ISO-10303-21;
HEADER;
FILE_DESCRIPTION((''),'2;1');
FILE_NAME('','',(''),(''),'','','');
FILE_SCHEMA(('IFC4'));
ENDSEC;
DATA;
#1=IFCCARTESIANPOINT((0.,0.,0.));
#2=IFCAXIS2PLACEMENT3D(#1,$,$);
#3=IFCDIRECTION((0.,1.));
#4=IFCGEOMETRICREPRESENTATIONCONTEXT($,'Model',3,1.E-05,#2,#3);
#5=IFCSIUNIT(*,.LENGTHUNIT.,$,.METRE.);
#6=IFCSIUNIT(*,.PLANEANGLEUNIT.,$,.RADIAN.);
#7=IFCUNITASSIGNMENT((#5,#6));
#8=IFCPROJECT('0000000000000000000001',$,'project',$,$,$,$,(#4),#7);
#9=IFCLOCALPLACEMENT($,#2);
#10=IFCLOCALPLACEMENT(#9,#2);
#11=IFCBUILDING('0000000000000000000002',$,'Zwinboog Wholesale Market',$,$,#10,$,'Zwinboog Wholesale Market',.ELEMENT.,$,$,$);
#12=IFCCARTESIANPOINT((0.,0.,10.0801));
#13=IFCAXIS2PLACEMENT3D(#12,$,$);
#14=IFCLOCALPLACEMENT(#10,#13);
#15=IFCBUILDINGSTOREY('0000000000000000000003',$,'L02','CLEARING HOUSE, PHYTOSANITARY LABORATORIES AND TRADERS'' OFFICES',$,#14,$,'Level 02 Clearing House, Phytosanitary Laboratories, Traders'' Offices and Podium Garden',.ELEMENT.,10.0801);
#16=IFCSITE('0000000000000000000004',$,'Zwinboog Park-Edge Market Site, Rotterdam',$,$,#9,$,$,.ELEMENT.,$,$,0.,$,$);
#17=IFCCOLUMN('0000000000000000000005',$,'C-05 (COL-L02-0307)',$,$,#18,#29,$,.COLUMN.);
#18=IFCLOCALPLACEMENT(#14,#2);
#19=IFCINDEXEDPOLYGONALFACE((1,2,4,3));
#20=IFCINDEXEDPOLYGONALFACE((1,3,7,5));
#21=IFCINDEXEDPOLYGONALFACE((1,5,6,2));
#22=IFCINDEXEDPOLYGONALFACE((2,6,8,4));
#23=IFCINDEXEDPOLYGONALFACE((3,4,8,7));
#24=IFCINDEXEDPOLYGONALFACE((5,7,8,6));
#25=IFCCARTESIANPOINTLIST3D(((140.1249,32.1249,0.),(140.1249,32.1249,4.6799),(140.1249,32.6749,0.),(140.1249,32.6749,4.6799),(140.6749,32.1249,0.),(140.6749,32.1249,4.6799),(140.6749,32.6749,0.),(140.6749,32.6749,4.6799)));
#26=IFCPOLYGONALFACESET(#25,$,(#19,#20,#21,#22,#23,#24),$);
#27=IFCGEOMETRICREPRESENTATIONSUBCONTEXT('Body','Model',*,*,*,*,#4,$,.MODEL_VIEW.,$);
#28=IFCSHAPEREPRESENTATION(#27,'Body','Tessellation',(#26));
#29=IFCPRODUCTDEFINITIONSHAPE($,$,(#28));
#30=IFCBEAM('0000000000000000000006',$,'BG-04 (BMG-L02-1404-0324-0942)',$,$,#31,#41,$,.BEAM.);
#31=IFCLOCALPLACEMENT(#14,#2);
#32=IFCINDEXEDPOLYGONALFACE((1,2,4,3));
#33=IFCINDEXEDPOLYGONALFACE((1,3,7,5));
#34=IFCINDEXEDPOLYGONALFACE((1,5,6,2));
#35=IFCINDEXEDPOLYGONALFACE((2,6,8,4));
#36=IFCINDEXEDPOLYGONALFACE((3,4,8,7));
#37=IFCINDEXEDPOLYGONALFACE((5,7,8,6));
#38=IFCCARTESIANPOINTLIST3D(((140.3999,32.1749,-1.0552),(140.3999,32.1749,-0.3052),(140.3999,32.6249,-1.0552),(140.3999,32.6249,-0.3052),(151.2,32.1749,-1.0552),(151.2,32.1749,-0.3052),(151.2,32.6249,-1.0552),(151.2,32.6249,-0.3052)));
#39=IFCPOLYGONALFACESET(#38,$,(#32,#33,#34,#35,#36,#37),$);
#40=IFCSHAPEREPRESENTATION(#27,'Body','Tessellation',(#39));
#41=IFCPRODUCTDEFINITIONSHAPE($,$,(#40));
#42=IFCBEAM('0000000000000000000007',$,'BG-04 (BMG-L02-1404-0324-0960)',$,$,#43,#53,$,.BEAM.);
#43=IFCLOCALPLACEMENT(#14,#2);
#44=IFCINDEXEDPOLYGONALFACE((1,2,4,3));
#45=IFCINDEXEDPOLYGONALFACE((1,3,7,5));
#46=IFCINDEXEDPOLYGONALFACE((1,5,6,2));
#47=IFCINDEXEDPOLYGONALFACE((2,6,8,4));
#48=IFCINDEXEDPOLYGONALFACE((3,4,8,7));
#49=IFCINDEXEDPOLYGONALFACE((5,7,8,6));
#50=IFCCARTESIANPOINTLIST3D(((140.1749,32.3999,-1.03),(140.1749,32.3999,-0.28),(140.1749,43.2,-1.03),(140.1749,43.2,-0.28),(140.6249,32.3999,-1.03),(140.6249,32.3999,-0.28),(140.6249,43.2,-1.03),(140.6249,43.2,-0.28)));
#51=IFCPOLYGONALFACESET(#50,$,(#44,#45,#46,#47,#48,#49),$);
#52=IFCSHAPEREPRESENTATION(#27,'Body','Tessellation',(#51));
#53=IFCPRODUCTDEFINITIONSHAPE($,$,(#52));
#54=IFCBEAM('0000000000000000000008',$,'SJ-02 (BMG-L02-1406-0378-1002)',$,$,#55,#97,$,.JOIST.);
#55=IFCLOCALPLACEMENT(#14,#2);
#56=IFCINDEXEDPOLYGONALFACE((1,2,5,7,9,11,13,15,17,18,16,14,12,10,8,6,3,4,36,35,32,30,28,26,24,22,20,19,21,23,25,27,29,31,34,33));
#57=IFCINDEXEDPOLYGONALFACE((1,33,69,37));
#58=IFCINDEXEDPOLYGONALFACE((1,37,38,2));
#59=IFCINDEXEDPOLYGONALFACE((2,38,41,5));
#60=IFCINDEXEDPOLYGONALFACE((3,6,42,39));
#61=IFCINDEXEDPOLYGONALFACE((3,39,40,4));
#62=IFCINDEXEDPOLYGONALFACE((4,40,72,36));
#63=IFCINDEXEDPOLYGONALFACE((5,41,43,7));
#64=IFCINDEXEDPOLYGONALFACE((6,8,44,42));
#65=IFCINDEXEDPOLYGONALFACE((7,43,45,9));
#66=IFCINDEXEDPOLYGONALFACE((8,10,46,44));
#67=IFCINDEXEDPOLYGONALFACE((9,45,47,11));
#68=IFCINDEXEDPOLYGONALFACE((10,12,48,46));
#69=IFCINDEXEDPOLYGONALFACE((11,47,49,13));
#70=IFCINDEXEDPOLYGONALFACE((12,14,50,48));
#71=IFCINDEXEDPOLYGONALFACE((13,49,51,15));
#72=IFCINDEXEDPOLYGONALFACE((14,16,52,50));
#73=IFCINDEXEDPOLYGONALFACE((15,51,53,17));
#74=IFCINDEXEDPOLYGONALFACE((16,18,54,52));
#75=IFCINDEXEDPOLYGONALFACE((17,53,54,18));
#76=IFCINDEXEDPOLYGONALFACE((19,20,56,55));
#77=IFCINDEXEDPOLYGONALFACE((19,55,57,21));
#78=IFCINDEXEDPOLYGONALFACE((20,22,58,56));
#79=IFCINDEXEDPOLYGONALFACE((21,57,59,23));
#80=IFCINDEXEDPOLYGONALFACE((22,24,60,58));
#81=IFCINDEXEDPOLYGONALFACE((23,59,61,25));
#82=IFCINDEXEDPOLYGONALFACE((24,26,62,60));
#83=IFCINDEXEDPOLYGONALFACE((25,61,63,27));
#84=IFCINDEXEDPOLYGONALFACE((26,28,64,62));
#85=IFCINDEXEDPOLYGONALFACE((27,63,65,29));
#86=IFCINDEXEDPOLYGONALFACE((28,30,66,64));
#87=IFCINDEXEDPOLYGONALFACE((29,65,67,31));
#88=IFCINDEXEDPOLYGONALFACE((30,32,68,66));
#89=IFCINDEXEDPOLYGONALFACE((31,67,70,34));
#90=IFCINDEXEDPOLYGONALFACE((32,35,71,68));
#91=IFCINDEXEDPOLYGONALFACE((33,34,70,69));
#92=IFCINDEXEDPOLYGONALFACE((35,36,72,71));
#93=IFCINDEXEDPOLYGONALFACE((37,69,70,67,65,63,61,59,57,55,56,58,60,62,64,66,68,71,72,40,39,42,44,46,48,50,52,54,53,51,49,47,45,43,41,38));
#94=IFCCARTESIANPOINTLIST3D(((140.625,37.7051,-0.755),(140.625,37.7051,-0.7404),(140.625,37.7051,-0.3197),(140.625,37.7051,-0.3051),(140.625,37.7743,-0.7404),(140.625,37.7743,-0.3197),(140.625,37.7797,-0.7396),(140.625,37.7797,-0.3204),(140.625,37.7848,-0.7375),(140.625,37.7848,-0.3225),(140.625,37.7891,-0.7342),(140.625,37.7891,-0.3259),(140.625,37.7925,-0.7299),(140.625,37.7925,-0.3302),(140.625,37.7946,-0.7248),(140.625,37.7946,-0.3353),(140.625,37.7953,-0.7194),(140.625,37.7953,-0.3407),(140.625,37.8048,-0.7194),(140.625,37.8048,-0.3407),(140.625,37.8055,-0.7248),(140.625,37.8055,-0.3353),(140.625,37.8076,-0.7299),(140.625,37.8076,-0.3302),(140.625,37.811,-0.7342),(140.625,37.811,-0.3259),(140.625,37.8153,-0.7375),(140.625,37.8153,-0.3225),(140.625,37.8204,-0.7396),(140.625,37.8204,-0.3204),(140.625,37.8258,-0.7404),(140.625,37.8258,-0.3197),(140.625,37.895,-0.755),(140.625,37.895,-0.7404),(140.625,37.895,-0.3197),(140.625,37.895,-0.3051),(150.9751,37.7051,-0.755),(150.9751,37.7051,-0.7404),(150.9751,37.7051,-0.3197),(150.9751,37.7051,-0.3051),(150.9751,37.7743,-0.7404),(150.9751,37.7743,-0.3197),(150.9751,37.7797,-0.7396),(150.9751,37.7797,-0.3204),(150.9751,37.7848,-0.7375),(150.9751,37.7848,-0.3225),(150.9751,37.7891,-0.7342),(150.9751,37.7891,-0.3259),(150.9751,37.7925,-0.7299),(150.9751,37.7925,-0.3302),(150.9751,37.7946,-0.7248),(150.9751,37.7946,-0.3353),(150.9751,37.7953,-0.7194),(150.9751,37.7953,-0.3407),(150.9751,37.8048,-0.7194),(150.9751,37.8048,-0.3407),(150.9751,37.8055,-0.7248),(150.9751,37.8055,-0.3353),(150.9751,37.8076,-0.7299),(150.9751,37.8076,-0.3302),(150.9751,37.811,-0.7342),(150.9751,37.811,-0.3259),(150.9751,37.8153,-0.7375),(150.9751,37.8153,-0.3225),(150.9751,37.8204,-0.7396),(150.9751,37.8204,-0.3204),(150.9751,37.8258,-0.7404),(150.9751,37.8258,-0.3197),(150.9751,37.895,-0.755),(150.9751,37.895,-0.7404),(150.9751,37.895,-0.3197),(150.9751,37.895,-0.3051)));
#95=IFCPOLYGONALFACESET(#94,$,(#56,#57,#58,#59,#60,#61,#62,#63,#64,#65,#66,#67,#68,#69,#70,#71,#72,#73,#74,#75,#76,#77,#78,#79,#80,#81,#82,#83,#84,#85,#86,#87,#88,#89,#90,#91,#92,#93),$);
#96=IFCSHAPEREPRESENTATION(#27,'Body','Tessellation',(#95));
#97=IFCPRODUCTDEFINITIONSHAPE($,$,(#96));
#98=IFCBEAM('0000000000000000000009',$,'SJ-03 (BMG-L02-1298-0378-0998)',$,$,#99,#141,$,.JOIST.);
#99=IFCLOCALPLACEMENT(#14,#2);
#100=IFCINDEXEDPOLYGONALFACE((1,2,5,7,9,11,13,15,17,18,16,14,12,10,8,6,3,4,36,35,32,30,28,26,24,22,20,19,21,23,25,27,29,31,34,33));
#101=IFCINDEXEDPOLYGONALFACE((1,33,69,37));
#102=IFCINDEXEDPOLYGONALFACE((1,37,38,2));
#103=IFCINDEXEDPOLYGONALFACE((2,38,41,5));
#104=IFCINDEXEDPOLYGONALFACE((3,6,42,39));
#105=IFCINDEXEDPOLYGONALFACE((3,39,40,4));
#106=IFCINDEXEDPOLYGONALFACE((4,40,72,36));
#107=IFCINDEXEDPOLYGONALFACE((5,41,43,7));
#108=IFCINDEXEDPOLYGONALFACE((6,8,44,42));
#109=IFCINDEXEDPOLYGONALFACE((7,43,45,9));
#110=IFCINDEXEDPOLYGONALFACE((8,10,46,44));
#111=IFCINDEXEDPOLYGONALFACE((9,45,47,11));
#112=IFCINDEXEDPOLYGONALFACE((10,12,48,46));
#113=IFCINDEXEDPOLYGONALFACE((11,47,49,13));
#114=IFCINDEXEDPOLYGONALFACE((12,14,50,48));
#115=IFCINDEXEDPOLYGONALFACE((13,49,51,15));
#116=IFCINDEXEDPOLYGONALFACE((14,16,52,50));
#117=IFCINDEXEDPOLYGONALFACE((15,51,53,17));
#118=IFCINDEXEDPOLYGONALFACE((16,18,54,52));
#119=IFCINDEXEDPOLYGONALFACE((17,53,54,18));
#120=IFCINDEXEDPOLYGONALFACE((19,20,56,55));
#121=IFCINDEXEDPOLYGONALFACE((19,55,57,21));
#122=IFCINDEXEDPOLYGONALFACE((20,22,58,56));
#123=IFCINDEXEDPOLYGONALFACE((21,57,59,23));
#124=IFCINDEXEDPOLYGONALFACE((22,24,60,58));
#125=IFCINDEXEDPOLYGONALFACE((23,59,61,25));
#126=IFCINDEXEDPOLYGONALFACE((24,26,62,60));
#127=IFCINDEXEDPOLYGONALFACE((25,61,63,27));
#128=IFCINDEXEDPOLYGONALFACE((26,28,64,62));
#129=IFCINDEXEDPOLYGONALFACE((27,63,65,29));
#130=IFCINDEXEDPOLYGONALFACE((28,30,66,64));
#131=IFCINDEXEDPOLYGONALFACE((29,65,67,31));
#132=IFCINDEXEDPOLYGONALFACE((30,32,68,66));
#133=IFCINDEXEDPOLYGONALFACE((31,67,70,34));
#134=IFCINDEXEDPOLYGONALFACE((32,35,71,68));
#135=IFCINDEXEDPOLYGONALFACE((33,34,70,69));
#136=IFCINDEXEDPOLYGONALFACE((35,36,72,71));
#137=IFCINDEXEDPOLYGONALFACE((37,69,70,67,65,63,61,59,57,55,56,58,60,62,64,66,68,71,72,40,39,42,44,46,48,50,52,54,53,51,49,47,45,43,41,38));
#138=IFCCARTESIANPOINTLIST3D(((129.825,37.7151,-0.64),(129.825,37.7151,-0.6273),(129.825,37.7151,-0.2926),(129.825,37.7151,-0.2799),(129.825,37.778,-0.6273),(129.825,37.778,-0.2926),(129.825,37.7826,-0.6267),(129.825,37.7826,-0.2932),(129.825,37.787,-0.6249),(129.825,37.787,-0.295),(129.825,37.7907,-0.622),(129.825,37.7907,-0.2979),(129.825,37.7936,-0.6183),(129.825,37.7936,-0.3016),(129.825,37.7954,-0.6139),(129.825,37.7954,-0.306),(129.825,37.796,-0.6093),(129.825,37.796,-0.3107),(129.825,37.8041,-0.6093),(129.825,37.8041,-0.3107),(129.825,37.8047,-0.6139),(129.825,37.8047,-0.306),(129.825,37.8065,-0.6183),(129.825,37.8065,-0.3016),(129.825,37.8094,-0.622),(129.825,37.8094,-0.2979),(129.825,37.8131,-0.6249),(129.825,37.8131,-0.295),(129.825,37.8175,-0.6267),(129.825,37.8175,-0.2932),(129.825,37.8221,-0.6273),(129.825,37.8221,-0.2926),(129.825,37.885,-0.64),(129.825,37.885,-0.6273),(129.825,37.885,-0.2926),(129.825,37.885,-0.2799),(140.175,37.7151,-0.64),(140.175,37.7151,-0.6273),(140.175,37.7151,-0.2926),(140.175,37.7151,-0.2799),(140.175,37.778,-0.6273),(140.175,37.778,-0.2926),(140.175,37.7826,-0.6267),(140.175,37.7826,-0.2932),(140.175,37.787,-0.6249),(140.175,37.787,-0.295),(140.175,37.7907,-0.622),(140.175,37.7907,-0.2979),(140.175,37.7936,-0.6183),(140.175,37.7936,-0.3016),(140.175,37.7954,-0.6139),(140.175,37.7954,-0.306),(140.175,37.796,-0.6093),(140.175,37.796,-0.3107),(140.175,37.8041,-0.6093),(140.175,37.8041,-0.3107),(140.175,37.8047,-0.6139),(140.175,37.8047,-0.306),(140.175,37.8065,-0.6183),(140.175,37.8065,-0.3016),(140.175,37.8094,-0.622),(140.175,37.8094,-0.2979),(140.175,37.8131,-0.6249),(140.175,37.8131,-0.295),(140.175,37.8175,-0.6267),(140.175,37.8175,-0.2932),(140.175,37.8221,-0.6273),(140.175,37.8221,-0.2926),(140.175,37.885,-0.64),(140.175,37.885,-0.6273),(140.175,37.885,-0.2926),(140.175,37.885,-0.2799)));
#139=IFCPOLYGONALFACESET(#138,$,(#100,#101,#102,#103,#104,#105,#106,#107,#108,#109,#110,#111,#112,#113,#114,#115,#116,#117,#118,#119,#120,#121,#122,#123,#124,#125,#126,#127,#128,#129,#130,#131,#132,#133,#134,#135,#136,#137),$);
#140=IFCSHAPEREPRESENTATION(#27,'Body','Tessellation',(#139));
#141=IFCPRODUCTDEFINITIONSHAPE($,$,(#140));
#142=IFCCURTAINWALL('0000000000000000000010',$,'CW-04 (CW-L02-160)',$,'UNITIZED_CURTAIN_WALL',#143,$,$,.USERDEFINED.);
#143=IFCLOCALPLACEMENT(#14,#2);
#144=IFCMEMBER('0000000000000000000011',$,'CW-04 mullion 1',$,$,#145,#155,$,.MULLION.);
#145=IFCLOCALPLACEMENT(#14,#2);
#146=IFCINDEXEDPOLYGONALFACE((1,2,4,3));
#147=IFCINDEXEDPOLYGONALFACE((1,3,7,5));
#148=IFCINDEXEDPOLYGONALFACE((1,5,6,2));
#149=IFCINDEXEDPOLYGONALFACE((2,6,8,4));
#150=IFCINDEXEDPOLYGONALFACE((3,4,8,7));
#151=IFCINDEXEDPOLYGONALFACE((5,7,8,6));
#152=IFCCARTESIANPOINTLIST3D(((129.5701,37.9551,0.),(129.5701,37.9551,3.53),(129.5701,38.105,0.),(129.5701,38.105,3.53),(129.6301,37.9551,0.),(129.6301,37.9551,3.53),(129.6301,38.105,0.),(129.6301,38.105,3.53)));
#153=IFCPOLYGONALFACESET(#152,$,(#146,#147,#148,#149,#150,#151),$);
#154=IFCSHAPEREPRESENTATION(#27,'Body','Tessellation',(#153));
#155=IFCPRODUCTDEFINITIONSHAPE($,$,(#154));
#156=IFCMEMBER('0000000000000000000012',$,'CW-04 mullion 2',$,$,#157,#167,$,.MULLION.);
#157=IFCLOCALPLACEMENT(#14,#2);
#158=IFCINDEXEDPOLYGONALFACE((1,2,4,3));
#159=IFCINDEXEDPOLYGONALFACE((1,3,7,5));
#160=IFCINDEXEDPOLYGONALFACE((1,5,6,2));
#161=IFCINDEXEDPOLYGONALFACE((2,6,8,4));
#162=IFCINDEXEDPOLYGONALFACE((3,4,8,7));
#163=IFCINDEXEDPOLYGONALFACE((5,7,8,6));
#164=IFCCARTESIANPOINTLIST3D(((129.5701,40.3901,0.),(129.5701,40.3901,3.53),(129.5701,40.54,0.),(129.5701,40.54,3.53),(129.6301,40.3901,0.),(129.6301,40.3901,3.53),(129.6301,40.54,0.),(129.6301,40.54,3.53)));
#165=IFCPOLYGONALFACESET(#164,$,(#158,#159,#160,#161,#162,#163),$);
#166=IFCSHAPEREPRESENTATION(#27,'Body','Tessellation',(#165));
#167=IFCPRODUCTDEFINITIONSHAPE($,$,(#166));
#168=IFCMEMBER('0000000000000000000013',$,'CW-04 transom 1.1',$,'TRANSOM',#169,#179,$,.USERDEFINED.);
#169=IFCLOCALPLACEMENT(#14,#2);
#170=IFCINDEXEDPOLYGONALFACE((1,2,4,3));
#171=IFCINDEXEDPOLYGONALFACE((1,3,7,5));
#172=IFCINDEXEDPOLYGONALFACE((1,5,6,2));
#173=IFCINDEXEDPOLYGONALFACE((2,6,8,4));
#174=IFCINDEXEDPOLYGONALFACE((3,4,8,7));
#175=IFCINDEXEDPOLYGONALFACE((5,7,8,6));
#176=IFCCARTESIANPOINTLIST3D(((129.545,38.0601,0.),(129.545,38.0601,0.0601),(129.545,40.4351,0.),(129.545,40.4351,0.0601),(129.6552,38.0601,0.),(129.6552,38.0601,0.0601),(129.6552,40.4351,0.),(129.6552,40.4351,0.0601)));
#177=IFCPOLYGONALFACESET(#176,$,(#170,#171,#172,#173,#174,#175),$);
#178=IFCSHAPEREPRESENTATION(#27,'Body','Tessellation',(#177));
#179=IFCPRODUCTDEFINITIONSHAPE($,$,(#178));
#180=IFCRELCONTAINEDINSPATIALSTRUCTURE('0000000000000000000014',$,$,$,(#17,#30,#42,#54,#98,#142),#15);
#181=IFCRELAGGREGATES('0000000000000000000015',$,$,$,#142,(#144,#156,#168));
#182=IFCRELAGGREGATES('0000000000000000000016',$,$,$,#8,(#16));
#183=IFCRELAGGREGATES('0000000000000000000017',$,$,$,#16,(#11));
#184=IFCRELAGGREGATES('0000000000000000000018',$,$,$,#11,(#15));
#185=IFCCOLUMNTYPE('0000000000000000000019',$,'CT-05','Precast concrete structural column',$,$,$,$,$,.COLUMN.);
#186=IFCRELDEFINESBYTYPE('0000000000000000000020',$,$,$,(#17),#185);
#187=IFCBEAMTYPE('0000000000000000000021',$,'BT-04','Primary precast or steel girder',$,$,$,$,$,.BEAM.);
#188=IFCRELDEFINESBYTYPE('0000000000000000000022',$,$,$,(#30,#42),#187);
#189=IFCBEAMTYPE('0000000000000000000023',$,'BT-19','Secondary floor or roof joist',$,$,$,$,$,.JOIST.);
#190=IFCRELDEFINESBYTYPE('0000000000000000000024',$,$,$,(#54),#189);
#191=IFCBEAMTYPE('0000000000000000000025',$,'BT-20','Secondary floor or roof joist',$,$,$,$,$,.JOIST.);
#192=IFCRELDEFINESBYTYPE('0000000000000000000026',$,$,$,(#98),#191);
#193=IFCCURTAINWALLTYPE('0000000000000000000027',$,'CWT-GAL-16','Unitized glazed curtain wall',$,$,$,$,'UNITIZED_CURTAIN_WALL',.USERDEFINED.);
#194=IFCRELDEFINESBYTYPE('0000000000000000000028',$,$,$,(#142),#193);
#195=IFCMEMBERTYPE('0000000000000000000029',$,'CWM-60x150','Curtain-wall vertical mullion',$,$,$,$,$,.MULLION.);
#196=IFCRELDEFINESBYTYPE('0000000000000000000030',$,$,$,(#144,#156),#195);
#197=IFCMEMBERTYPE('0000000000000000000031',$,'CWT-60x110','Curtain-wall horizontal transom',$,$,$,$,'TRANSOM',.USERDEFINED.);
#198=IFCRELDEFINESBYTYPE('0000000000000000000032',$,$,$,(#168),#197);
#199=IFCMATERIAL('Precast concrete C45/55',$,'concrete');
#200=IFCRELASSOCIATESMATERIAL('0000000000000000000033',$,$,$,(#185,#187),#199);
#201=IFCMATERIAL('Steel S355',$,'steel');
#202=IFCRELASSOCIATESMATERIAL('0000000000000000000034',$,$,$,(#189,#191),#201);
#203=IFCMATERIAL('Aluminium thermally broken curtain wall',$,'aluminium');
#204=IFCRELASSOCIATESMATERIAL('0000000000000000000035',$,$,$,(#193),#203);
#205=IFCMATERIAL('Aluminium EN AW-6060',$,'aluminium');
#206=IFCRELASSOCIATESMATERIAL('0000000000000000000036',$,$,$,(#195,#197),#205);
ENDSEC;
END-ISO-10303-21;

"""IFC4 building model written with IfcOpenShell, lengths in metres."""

from ifc_helpers import new_model, si_unit, direction, frame, origin, origin_2d, place, context, subcontext, project, spatial, rectangle, i_section, extrude, material, material_profile, profile_set, type_object, element, aggregate, save


model = new_model("IFC4")

# Units and contexts
model_context = context("Model", 3, precision=1e-05, world=origin(), true_north=direction((0.0, 1.0)))
body_context = subcontext(model_context, "Body", "Model", "MODEL_VIEW")
ifc_project = project(units=[si_unit("LENGTHUNIT", "METRE"), si_unit("PLANEANGLEUNIT", "RADIAN")], contexts=[model_context])

# Site, building, storey
site_placement = place(None, origin())
site = spatial("IfcSite", under=ifc_project, at=site_placement, Name="Zwinboog Park-Edge Market Site, Rotterdam", CompositionType="ELEMENT", RefElevation=0.0)
building_placement = place(site_placement, origin())
building = spatial("IfcBuilding", under=site, at=building_placement, Name="Zwinboog Wholesale Market", LongName="Zwinboog Wholesale Market", CompositionType="ELEMENT")
storey_placement = place(building_placement, frame((0.0, 0.0, 10.0801)))
storey = spatial("IfcBuildingStorey", under=building, at=storey_placement, Name="L02", Description="CLEARING HOUSE, PHYTOSANITARY LABORATORIES AND TRADERS' OFFICES", LongName="Level 02 Clearing House, Phytosanitary Laboratories, Traders' Offices and Podium Garden", CompositionType="ELEMENT", Elevation=10.0801)

# Column
ifc_material_1 = material(Name="Precast concrete C45/55", Category="concrete")
ifc_material_profile_1 = material_profile(ifc_material_1, rectangle(XDim=0.55, YDim=0.55, at=origin_2d()), Name="PC 550x550")
ifc_profile_set_1 = profile_set([ifc_material_profile_1], Name="Precast concrete C45/55")
column_type = type_object("IfcColumnType", Name="CT-05", Description="Precast concrete structural column", PredefinedType="COLUMN", material=ifc_profile_set_1)
column_placement = place(storey_placement, frame((140.3999, 32.3999, 0.0), z_axis=(0.0, 0.0, 1.0), x_axis=(1.0, 0.0, 0.0)))
element("IfcColumn", 1, at=column_placement, inside=storey, type_object=column_type, Name="C-05 (COL-L02-0307)", PredefinedType="COLUMN", context=body_context, shape_type="SweptSolid", body=[
    extrude(rectangle(XDim=0.55, YDim=0.55, at=origin_2d()), origin(), (0.0, 0.0, 1.0), 4.6799),
])

# Beams
ifc_material_profile_2 = material_profile(ifc_material_1, rectangle(XDim=0.45, YDim=0.75, at=origin_2d()), Name="PC 450x750")
ifc_profile_set_2 = profile_set([ifc_material_profile_2], Name="Precast concrete C45/55")
beam_type_1 = type_object("IfcBeamType", Name="BT-04", Description="Primary precast or steel girder", PredefinedType="BEAM", material=ifc_profile_set_2)
for number, where, z_axis, x_axis, name in (
    (2, (140.3999, 32.3999, -0.6802), (1.0, 0.0, 0.0), (0.0, 1.0, 0.0), "BG-04 (BMG-L02-1404-0324-0942)"),
    (3, (140.3999, 32.3999, -0.655), (0.0, 1.0, 0.0), (-1.0, 0.0, 0.0), "BG-04 (BMG-L02-1404-0324-0960)"),
):
    element("IfcBeam", number, at=place(storey_placement, frame(where, z_axis=z_axis, x_axis=x_axis)), inside=storey, type_object=beam_type_1, Name=name, PredefinedType="BEAM", context=body_context, shape_type="SweptSolid", body=[
        extrude(rectangle(XDim=0.45, YDim=0.75, at=origin_2d()), origin(), (0.0, 0.0, 1.0), 10.8),
    ])
ifc_material_2 = material(Name="Steel S355", Category="steel")
ifc_material_profile_3 = material_profile(ifc_material_2, i_section(OverallWidth=0.1899, OverallDepth=0.45, WebThickness=0.0095, FlangeThickness=0.0146, FilletRadius=0.021, at=origin_2d()), Name="IPE 450")
ifc_profile_set_3 = profile_set([ifc_material_profile_3], Name="Steel S355")
beam_type_2 = type_object("IfcBeamType", Name="BT-19", Description="Secondary floor or roof joist", PredefinedType="JOIST", material=ifc_profile_set_3)
beam_1_placement = place(storey_placement, frame((140.625, 37.8, -0.53), z_axis=(1.0, 0.0, 0.0), x_axis=(0.0, 1.0, 0.0)))
element("IfcBeam", 4, at=beam_1_placement, inside=storey, type_object=beam_type_2, Name="SJ-02 (BMG-L02-1406-0378-1002)", PredefinedType="JOIST", context=body_context, shape_type="SweptSolid", body=[
    extrude(i_section(OverallWidth=0.1899, OverallDepth=0.45, WebThickness=0.0095, FlangeThickness=0.0146, FilletRadius=0.021, at=origin_2d()), origin(), (0.0, 0.0, 1.0), 10.3501),
])
ifc_material_profile_4 = material_profile(ifc_material_2, i_section(OverallWidth=0.1699, OverallDepth=0.3601, WebThickness=0.0081, FlangeThickness=0.0127, FilletRadius=0.0181, at=origin_2d()), Name="IPE 360")
ifc_profile_set_4 = profile_set([ifc_material_profile_4], Name="Steel S355")
beam_type_3 = type_object("IfcBeamType", Name="BT-20", Description="Secondary floor or roof joist", PredefinedType="JOIST", material=ifc_profile_set_4)
beam_2_placement = place(storey_placement, frame((129.825, 37.8, -0.46), z_axis=(1.0, 0.0, 0.0), x_axis=(0.0, 1.0, 0.0)))
element("IfcBeam", 5, at=beam_2_placement, inside=storey, type_object=beam_type_3, Name="SJ-03 (BMG-L02-1298-0378-0998)", PredefinedType="JOIST", context=body_context, shape_type="SweptSolid", body=[
    extrude(i_section(OverallWidth=0.1699, OverallDepth=0.3601, WebThickness=0.0081, FlangeThickness=0.0127, FilletRadius=0.0181, at=origin_2d()), origin(), (0.0, 0.0, 1.0), 10.3501),
])

# Curtain wall, members
ifc_material_3 = material(Name="Aluminium thermally broken curtain wall", Category="aluminium")
curtain_wall_type = type_object("IfcCurtainWallType", Name="CWT-GAL-16", Description="Unitized glazed curtain wall", ElementType="UNITIZED_CURTAIN_WALL", PredefinedType="USERDEFINED", material=ifc_material_3)
curtain_wall_placement = place(storey_placement, origin())
curtain_wall = element("IfcCurtainWall", 6, at=curtain_wall_placement, inside=storey, type_object=curtain_wall_type, Name="CW-04 (CW-L02-160)", ObjectType="UNITIZED_CURTAIN_WALL", PredefinedType="USERDEFINED")
ifc_material_4 = material(Name="Aluminium EN AW-6060", Category="aluminium")
ifc_material_profile_5 = material_profile(ifc_material_4, rectangle(XDim=0.0601, YDim=0.1499, at=origin_2d()), Name="AL 60x150")
ifc_profile_set_5 = profile_set([ifc_material_profile_5], Name="Aluminium EN AW-6060")
member_type_1 = type_object("IfcMemberType", Name="CWM-60x150", Description="Curtain-wall vertical mullion", PredefinedType="MULLION", material=ifc_profile_set_5)
member_1_placement = place(storey_placement, frame((129.6001, 38.03, 0.0), z_axis=(0.0, 0.0, 1.0), x_axis=(-1.0, 0.0, 0.0)))
member_1 = element("IfcMember", 7, at=member_1_placement, type_object=member_type_1, Name="CW-04 mullion 1", PredefinedType="MULLION", context=body_context, shape_type="SweptSolid", body=[
    extrude(rectangle(XDim=0.0601, YDim=0.1499, at=origin_2d()), origin(), (0.0, 0.0, 1.0), 3.53),
])
member_2_placement = place(storey_placement, frame((129.6001, 40.4651, 0.0), z_axis=(0.0, 0.0, 1.0), x_axis=(-1.0, 0.0, 0.0)))
member_2 = element("IfcMember", 8, at=member_2_placement, type_object=member_type_1, Name="CW-04 mullion 2", PredefinedType="MULLION", context=body_context, shape_type="SweptSolid", body=[
    extrude(rectangle(XDim=0.0601, YDim=0.1499, at=origin_2d()), origin(), (0.0, 0.0, 1.0), 3.53),
])
ifc_material_profile_6 = material_profile(ifc_material_4, rectangle(XDim=0.1101, YDim=0.0601, at=origin_2d()), Name="AL 60x110")
ifc_profile_set_6 = profile_set([ifc_material_profile_6], Name="Aluminium EN AW-6060")
member_type_2 = type_object("IfcMemberType", Name="CWT-60x110", Description="Curtain-wall horizontal transom", ElementType="TRANSOM", PredefinedType="USERDEFINED", material=ifc_profile_set_6)
member_3_placement = place(storey_placement, frame((129.6001, 38.0601, 0.03), z_axis=(0.0, 1.0, 0.0), x_axis=(-1.0, 0.0, 0.0)))
member_3 = element("IfcMember", 9, at=member_3_placement, type_object=member_type_2, Name="CW-04 transom 1.1", ObjectType="TRANSOM", PredefinedType="USERDEFINED", context=body_context, shape_type="SweptSolid", body=[
    extrude(rectangle(XDim=0.1101, YDim=0.0601, at=origin_2d()), origin(), (0.0, 0.0, 1.0), 2.375),
])
aggregate(curtain_wall, [member_1, member_2, member_3])

save(model, "model.ifc")
